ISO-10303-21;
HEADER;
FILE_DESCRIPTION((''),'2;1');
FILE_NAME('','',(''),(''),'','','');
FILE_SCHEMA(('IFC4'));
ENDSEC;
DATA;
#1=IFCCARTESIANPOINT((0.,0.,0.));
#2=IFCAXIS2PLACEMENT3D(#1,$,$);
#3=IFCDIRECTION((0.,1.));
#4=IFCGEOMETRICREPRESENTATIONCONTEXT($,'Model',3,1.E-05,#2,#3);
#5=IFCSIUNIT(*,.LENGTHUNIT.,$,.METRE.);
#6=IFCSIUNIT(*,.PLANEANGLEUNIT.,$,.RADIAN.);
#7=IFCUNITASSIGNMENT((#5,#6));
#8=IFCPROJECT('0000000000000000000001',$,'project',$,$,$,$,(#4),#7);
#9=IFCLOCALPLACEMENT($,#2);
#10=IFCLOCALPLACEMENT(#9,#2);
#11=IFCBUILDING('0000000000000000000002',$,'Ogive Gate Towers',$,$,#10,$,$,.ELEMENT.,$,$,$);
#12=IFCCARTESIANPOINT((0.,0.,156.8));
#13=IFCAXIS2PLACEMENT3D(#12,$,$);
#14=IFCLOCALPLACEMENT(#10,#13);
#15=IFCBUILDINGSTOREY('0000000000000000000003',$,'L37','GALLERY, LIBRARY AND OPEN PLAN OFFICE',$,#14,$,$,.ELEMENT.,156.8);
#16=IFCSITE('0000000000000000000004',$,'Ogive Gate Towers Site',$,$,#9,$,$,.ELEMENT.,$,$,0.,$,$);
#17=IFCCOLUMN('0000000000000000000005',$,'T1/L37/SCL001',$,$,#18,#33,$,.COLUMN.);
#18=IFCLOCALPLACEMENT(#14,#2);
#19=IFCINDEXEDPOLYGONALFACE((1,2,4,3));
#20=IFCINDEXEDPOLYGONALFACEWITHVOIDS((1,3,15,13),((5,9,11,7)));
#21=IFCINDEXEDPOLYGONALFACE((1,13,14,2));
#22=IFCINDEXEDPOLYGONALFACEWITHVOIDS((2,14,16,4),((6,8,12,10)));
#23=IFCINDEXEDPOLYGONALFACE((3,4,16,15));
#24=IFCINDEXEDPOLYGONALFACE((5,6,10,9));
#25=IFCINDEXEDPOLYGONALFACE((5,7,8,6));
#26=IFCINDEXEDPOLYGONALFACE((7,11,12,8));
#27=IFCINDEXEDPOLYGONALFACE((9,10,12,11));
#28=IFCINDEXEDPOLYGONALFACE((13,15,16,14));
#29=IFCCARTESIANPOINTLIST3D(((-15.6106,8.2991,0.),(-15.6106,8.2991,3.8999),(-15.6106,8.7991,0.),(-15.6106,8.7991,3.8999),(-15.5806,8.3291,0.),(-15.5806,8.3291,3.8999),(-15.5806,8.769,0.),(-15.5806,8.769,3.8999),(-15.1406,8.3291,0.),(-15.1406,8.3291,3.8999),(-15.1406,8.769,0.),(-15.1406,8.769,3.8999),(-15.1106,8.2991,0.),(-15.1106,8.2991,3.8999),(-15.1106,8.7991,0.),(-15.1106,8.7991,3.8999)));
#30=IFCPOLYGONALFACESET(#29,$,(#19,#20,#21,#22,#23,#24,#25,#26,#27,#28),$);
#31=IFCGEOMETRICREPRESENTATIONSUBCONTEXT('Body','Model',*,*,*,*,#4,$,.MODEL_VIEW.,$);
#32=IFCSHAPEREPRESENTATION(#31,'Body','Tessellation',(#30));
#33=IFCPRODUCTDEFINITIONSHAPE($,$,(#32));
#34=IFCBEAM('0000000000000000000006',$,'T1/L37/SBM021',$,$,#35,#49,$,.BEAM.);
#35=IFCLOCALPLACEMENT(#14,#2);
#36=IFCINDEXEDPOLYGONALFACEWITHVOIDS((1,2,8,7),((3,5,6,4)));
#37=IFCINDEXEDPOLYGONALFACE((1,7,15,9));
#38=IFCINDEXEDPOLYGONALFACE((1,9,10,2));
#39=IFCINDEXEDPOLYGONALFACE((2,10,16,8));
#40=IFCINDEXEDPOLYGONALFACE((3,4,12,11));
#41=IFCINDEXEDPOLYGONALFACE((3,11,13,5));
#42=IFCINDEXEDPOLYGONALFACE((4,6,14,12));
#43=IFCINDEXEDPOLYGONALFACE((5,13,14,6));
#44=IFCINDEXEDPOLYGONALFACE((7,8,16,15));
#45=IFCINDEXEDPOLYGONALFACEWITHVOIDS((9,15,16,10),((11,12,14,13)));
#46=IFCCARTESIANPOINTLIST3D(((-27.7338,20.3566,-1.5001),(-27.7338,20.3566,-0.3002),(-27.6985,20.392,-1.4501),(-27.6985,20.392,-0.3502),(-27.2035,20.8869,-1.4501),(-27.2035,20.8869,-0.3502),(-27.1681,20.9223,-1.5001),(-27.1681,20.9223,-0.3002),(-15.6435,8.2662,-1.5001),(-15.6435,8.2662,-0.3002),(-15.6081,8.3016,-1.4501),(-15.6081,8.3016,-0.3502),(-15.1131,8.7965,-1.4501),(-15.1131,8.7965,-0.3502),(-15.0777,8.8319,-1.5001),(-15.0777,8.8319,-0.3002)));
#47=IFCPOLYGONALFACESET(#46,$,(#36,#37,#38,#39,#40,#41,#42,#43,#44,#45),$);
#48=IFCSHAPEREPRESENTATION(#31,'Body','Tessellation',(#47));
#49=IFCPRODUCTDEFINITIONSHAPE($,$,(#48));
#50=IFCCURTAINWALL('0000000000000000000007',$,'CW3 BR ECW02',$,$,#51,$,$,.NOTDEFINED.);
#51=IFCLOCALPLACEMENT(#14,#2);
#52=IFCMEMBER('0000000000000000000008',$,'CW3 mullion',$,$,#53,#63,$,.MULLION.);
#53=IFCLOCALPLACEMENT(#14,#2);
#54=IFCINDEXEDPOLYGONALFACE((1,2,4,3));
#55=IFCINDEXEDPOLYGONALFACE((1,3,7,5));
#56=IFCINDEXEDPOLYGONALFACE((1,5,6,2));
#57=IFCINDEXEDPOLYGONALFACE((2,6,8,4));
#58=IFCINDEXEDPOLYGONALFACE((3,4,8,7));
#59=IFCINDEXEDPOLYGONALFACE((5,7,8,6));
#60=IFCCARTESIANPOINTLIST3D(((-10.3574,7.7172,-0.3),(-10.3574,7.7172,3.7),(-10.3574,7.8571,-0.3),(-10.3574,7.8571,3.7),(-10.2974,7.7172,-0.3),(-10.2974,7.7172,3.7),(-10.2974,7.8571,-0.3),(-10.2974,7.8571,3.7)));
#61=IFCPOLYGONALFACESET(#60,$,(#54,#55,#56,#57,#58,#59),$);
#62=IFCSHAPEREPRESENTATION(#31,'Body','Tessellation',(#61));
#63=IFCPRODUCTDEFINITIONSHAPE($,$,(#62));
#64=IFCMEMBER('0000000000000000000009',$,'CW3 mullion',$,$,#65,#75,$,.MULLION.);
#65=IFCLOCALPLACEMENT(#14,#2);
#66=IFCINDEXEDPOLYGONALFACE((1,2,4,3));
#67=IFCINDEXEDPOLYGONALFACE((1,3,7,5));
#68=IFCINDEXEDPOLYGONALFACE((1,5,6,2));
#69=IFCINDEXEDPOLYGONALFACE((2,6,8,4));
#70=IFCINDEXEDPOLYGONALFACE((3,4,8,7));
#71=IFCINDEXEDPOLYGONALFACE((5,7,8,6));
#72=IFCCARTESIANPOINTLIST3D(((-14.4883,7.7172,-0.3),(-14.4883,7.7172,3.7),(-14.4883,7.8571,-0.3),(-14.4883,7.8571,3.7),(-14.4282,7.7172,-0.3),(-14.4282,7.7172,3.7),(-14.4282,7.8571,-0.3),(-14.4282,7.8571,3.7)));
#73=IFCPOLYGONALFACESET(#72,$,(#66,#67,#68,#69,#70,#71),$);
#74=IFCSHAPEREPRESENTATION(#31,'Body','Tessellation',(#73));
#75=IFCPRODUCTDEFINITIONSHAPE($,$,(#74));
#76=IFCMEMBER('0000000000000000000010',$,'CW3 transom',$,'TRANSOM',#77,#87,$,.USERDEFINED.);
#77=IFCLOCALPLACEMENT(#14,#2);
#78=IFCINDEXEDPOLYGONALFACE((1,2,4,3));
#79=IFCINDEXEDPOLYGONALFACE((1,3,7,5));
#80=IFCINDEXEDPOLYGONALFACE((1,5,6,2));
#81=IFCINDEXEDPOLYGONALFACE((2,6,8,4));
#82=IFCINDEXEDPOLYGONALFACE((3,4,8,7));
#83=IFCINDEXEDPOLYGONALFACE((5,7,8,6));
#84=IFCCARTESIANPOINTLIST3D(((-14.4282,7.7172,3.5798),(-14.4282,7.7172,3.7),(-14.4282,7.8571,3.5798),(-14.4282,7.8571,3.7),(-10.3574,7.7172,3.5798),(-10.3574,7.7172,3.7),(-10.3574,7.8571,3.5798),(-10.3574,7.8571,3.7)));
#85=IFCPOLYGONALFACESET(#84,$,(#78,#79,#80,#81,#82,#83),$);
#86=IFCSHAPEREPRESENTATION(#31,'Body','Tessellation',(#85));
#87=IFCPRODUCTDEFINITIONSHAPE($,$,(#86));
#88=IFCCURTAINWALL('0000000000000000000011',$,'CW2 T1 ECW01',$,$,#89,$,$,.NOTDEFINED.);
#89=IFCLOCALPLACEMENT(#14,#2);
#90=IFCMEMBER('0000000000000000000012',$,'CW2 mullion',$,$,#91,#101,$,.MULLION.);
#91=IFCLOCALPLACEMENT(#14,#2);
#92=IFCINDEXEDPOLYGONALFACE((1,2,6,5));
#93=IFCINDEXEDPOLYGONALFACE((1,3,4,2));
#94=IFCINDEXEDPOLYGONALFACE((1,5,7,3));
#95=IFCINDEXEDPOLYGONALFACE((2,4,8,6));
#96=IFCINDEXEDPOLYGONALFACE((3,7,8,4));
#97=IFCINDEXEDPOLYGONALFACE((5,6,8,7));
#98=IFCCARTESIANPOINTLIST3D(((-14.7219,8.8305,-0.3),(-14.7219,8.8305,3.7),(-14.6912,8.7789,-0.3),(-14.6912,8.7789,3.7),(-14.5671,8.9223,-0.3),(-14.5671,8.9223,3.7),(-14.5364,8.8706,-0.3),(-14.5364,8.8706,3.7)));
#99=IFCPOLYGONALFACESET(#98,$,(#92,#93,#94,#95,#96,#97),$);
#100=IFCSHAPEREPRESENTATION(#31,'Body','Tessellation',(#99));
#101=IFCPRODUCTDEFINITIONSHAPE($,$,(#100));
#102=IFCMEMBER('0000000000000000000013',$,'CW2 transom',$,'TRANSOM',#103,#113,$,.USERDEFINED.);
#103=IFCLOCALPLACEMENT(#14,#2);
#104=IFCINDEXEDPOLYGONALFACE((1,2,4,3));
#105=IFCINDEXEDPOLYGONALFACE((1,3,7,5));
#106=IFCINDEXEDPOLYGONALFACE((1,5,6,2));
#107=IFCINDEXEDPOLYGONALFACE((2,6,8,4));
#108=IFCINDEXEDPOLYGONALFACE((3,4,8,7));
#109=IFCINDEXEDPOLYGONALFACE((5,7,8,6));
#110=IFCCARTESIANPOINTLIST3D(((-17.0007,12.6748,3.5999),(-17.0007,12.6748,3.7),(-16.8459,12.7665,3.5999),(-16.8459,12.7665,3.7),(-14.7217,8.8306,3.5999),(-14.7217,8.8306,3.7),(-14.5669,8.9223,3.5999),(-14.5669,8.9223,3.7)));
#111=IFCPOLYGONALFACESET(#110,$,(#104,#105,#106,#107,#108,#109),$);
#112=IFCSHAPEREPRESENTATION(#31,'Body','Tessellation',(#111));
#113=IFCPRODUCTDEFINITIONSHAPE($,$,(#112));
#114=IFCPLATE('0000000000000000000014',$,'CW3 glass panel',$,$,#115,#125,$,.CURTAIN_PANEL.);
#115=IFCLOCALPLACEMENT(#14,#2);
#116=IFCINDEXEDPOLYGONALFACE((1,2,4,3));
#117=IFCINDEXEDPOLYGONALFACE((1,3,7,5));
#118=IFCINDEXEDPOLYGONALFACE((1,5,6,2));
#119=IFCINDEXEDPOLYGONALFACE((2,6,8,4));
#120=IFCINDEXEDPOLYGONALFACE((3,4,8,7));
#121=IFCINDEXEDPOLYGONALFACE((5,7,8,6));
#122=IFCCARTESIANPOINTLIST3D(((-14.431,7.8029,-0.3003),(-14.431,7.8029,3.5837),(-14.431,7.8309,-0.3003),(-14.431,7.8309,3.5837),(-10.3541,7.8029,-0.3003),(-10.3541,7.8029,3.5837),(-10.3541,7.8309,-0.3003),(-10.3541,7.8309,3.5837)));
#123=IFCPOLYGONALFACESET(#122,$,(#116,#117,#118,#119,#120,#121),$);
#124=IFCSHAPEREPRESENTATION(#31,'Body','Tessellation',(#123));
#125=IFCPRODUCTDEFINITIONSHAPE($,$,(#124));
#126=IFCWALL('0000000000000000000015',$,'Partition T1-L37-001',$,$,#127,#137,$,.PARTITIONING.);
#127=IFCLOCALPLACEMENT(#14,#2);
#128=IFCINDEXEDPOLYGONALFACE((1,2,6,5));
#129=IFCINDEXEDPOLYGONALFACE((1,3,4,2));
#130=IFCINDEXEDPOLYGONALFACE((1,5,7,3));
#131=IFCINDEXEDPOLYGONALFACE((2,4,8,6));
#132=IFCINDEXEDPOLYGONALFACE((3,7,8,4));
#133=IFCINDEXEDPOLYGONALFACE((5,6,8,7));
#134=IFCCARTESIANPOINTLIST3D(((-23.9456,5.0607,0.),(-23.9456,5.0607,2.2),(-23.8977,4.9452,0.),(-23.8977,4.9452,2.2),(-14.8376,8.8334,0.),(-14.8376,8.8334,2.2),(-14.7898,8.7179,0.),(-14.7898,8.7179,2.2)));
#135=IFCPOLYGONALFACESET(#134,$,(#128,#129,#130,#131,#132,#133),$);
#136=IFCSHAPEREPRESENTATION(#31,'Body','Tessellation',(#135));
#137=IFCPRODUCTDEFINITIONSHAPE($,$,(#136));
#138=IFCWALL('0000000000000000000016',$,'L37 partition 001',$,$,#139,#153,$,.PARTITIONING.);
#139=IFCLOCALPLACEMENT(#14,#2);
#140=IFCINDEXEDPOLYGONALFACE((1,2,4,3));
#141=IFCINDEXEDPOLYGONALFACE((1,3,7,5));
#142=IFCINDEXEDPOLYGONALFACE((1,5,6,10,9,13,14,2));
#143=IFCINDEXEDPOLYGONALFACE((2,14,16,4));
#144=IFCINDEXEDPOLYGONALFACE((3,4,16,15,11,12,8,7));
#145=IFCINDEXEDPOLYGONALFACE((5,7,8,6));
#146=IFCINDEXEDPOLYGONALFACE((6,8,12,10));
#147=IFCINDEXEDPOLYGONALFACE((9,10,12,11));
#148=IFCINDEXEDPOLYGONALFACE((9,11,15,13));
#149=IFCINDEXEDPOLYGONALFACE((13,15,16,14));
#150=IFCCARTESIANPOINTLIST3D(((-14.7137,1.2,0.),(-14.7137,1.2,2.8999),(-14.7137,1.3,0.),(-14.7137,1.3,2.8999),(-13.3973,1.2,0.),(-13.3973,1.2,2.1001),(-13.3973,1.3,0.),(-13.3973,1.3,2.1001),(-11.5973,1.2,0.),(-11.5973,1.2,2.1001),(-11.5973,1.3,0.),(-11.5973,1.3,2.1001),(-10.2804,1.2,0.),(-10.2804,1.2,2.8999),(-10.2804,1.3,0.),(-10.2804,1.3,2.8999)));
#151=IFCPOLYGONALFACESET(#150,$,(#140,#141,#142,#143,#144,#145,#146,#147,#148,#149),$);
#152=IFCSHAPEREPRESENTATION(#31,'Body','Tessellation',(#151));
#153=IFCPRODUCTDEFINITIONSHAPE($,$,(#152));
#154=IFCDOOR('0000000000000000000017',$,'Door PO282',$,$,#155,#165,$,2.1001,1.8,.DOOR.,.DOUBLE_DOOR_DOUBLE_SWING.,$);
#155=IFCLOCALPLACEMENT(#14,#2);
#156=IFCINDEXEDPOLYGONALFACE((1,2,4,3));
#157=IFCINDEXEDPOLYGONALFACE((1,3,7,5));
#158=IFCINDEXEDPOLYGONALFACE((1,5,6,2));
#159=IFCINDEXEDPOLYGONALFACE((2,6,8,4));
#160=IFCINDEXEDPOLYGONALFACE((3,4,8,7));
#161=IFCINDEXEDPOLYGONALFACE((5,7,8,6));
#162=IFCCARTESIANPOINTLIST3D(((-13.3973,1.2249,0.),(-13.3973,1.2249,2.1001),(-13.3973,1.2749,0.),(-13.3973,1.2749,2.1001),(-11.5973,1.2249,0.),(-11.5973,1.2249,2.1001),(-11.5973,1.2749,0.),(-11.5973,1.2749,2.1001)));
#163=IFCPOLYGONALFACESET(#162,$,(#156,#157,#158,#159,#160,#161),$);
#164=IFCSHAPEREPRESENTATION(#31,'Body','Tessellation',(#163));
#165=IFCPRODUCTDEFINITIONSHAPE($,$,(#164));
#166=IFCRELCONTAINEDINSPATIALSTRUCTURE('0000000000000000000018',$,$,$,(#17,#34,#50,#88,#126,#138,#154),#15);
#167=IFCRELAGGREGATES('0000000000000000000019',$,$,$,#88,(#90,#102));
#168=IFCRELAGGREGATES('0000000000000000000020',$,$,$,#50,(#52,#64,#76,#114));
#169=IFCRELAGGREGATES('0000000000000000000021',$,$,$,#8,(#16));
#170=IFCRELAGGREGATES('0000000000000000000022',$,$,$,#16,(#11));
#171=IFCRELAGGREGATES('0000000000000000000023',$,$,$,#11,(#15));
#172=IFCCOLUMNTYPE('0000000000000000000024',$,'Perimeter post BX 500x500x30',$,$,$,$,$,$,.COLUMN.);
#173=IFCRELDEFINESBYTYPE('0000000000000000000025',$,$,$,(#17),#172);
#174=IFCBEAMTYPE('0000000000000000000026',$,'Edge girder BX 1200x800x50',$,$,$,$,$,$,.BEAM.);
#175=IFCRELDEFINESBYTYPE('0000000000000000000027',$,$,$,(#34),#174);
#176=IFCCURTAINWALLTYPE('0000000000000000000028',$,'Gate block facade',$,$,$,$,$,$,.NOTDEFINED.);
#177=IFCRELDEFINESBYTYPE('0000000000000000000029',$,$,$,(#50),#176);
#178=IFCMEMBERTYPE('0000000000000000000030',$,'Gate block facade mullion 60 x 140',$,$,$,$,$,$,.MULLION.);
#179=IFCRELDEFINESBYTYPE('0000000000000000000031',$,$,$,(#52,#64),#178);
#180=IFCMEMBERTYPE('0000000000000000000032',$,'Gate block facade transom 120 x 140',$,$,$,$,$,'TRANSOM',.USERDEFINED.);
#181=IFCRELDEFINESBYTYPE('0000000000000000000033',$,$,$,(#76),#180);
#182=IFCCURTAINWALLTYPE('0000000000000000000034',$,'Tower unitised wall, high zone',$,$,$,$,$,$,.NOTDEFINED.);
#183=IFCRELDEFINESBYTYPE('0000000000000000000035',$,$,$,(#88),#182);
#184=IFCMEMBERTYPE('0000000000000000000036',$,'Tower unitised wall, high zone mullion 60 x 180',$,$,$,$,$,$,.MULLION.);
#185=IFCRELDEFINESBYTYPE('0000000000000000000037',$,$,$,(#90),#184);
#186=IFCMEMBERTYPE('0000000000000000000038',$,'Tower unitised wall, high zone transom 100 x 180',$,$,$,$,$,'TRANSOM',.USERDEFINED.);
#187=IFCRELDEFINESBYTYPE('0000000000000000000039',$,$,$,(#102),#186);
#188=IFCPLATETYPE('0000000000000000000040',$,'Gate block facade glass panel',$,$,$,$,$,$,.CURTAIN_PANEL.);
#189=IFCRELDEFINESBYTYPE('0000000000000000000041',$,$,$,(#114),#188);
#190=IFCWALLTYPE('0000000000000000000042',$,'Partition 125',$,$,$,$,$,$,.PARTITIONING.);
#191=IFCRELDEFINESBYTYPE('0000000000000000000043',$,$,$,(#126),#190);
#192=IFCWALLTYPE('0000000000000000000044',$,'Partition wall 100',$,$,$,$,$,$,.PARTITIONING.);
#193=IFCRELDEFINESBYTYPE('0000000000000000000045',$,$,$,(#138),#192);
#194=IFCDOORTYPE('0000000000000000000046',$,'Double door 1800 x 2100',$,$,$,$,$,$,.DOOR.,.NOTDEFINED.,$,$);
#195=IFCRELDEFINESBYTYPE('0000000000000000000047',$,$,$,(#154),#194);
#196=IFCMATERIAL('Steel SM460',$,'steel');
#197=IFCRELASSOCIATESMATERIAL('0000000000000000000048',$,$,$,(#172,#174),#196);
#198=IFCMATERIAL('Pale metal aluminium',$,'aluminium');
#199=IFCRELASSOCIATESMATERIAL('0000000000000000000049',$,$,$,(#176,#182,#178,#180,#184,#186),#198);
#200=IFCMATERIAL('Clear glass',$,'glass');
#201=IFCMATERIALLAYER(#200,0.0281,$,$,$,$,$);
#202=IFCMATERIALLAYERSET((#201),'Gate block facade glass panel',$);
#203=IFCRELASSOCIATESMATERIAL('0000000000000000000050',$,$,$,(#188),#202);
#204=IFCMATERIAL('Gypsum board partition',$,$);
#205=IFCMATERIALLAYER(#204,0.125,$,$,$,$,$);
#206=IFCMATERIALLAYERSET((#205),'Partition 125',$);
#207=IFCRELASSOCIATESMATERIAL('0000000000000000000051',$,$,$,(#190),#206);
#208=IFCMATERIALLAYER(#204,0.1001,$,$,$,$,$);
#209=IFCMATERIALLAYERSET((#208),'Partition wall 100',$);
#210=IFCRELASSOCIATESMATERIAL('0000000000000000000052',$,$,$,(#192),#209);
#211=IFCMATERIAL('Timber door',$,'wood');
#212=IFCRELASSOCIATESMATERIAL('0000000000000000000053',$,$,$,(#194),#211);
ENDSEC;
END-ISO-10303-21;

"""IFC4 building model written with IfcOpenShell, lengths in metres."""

from ifc_helpers import new_model, si_unit, direction, frame, frame_2d, origin, origin_2d, place, context, subcontext, project, spatial, rectangle, hollow_rectangle, extrude, material, layer, layer_set, material_profile, profile_set, type_object, element, fill, aggregate, save


model = new_model("IFC4")

# Units and contexts
model_context = context("Model", 3, precision=1e-05, world=origin(), true_north=direction((0.0, 1.0)))
body_context = subcontext(model_context, "Body", "Model", "MODEL_VIEW")
ifc_project = project(units=[si_unit("LENGTHUNIT", "METRE"), si_unit("PLANEANGLEUNIT", "RADIAN")], contexts=[model_context])

# Site, building, storey
site_placement = place(None, origin())
site = spatial("IfcSite", under=ifc_project, at=site_placement, Name="Ogive Gate Towers Site", CompositionType="ELEMENT", RefElevation=0.0)
building_placement = place(site_placement, origin())
building = spatial("IfcBuilding", under=site, at=building_placement, Name="Ogive Gate Towers", CompositionType="ELEMENT")
storey_placement = place(building_placement, frame((0.0, 0.0, 156.8)))
storey = spatial("IfcBuildingStorey", under=building, at=storey_placement, Name="L37", Description="GALLERY, LIBRARY AND OPEN PLAN OFFICE", CompositionType="ELEMENT", Elevation=156.8)

# Column
ifc_material_1 = material(Name="Steel SM460", Category="steel")
ifc_material_profile_1 = material_profile(ifc_material_1, hollow_rectangle(XDim=0.5, YDim=0.5, WallThickness=0.03, at=origin_2d()), Name="BX 500x500x30")
ifc_profile_set_1 = profile_set([ifc_material_profile_1], Name="Steel SM460")
column_type = type_object("IfcColumnType", Name="Perimeter post BX 500x500x30", PredefinedType="COLUMN", material=ifc_profile_set_1)
column_placement = place(storey_placement, frame((-15.3606, 8.5491, 0.0), z_axis=(0.0, 0.0, 1.0), x_axis=(1.0, 0.0, 0.0)))
element("IfcColumn", 1, at=column_placement, inside=storey, type_object=column_type, Name="T1/L37/SCL001", PredefinedType="COLUMN", context=body_context, shape_type="SweptSolid", body=[
    extrude(hollow_rectangle(XDim=0.5, YDim=0.5, WallThickness=0.03, at=origin_2d()), origin(), (0.0, 0.0, 1.0), 3.8999),
])

# Beam
ifc_material_profile_2 = material_profile(ifc_material_1, hollow_rectangle(XDim=0.8, YDim=1.2, WallThickness=0.05, at=origin_2d()), Name="BX 1200x800x50")
ifc_profile_set_2 = profile_set([ifc_material_profile_2], Name="Steel SM460")
beam_type = type_object("IfcBeamType", Name="Edge girder BX 1200x800x50", PredefinedType="BEAM", material=ifc_profile_set_2)
beam_placement = place(storey_placement, frame((-15.3606, 8.5491, -0.9001), z_axis=(-0.707107, 0.707107, 0.0), x_axis=(-0.707107, -0.707107, 0.0)))
element("IfcBeam", 2, at=beam_placement, inside=storey, type_object=beam_type, Name="T1/L37/SBM021", PredefinedType="BEAM", context=body_context, shape_type="SweptSolid", body=[
    extrude(hollow_rectangle(XDim=0.8, YDim=1.2, WallThickness=0.05, at=origin_2d()), origin(), (0.0, 0.0, 1.0), 17.0984),
])

# Curtain walls, members
ifc_material_2 = material(Name="Pale metal aluminium", Category="aluminium")
curtain_wall_type_1 = type_object("IfcCurtainWallType", Name="Gate block facade", PredefinedType="NOTDEFINED", material=ifc_material_2)
curtain_wall_1_placement = place(storey_placement, origin())
curtain_wall_1 = element("IfcCurtainWall", 3, at=curtain_wall_1_placement, inside=storey, type_object=curtain_wall_type_1, Name="CW3 BR ECW02", PredefinedType="NOTDEFINED")
ifc_material_profile_3 = material_profile(ifc_material_2, rectangle(XDim=0.1399, YDim=0.0601, at=origin_2d()), Name="60 x 140 aluminium box")
ifc_profile_set_3 = profile_set([ifc_material_profile_3], Name="Pale metal aluminium")
member_type_1 = type_object("IfcMemberType", Name="Gate block facade mullion 60 x 140", PredefinedType="MULLION", material=ifc_profile_set_3)
member_1_placement = place(storey_placement, frame((-10.3274, 7.7871, -0.3), z_axis=(0.0, 0.0, 1.0), x_axis=(0.0, 1.0, 0.0)))
member_1 = element("IfcMember", 4, at=member_1_placement, type_object=member_type_1, Name="CW3 mullion", PredefinedType="MULLION", context=body_context, shape_type="SweptSolid", body=[
    extrude(rectangle(XDim=0.1399, YDim=0.0601, at=origin_2d()), origin(), (0.0, 0.0, 1.0), 4.0),
])
member_2_placement = place(storey_placement, frame((-14.4583, 7.7871, -0.3), z_axis=(0.0, 0.0, 1.0), x_axis=(0.0, 1.0, 0.0)))
member_2 = element("IfcMember", 5, at=member_2_placement, type_object=member_type_1, Name="CW3 mullion", PredefinedType="MULLION", context=body_context, shape_type="SweptSolid", body=[
    extrude(rectangle(XDim=0.1399, YDim=0.0601, at=origin_2d()), origin(), (0.0, 0.0, 1.0), 4.0),
])
ifc_material_profile_4 = material_profile(ifc_material_2, rectangle(XDim=0.1399, YDim=0.1201, at=origin_2d()), Name="120 x 140 aluminium box")
ifc_profile_set_4 = profile_set([ifc_material_profile_4], Name="Pale metal aluminium")
member_type_2 = type_object("IfcMemberType", Name="Gate block facade transom 120 x 140", ElementType="TRANSOM", PredefinedType="USERDEFINED", material=ifc_profile_set_4)
member_3_placement = place(storey_placement, frame((-10.3574, 7.7871, 3.6399), z_axis=(-1.0, 0.0, 0.0), x_axis=(0.0, -1.0, 0.0)))
member_3 = element("IfcMember", 6, at=member_3_placement, type_object=member_type_2, Name="CW3 transom", ObjectType="TRANSOM", PredefinedType="USERDEFINED", context=body_context, shape_type="SweptSolid", body=[
    extrude(rectangle(XDim=0.1399, YDim=0.1201, at=origin_2d()), origin(), (0.0, 0.0, 1.0), 4.0708),
])
curtain_wall_type_2 = type_object("IfcCurtainWallType", Name="Tower unitised wall, high zone", PredefinedType="NOTDEFINED", material=ifc_material_2)
curtain_wall_2_placement = place(storey_placement, origin())
curtain_wall_2 = element("IfcCurtainWall", 7, at=curtain_wall_2_placement, inside=storey, type_object=curtain_wall_type_2, Name="CW2 T1 ECW01", PredefinedType="NOTDEFINED")
ifc_material_profile_5 = material_profile(ifc_material_2, rectangle(XDim=0.1799, YDim=0.0601, at=origin_2d()), Name="60 x 180 aluminium box")
ifc_profile_set_5 = profile_set([ifc_material_profile_5], Name="Pale metal aluminium")
member_type_3 = type_object("IfcMemberType", Name="Tower unitised wall, high zone mullion 60 x 180", PredefinedType="MULLION", material=ifc_profile_set_5)
member_4_placement = place(storey_placement, frame((-14.6292, 8.8506, -0.3), z_axis=(0.0, 0.0, 1.0), x_axis=(0.860208, 0.509943, 0.0)))
member_4 = element("IfcMember", 8, at=member_4_placement, type_object=member_type_3, Name="CW2 mullion", PredefinedType="MULLION", context=body_context, shape_type="SweptSolid", body=[
    extrude(rectangle(XDim=0.1799, YDim=0.0601, at=origin_2d()), origin(), (0.0, 0.0, 1.0), 4.0),
])
ifc_material_profile_6 = material_profile(ifc_material_2, rectangle(XDim=0.1799, YDim=0.1001, at=origin_2d()), Name="100 x 180 aluminium box")
ifc_profile_set_6 = profile_set([ifc_material_profile_6], Name="Pale metal aluminium")
member_type_4 = type_object("IfcMemberType", Name="Tower unitised wall, high zone transom 100 x 180", ElementType="TRANSOM", PredefinedType="USERDEFINED", material=ifc_profile_set_6)
member_5_placement = place(storey_placement, frame((-14.6443, 8.8765, 3.6499), z_axis=(-0.509966, 0.860195, 0.0), x_axis=(-0.860195, -0.509966, 0.0)))
member_5 = element("IfcMember", 9, at=member_5_placement, type_object=member_type_4, Name="CW2 transom", ObjectType="TRANSOM", PredefinedType="USERDEFINED", context=body_context, shape_type="SweptSolid", body=[
    extrude(rectangle(XDim=0.1799, YDim=0.1001, at=origin_2d()), origin(), (0.0, 0.0, 1.0), 4.469),
])
aggregate(curtain_wall_2, [member_4, member_5])

# Plate
ifc_material_3 = material(Name="Clear glass", Category="glass")
ifc_layer_1 = layer(ifc_material_3, 0.0281)
ifc_layer_set_1 = layer_set([ifc_layer_1], Name="Gate block facade glass panel")
plate_type = type_object("IfcPlateType", Name="Gate block facade glass panel", PredefinedType="CURTAIN_PANEL", material=ifc_layer_set_1)
plate_placement = place(storey_placement, frame((-12.3926, 7.8169, -0.3003), z_axis=(0.0, 0.0, 1.0), x_axis=(-1.0, 0.0, 0.0)))
plate = element("IfcPlate", 10, at=plate_placement, type_object=plate_type, Name="CW3 glass panel", PredefinedType="CURTAIN_PANEL", context=body_context, shape_type="SweptSolid", body=[
    extrude(rectangle(XDim=4.0769, YDim=0.0281, at=origin_2d()), origin(), (0.0, 0.0, 1.0), 3.884),
])
aggregate(curtain_wall_1, [member_1, member_2, member_3, plate])

# Wall
ifc_material_4 = material(Name="Gypsum board partition")
ifc_layer_2 = layer(ifc_material_4, 0.125)
ifc_layer_set_2 = layer_set([ifc_layer_2], Name="Partition 125")
wall_type_1 = type_object("IfcWallType", Name="Partition 125", PredefinedType="PARTITIONING", material=ifc_layer_set_2)
wall_1_placement = place(storey_placement, frame((-14.8137, 8.7756, 0.0), z_axis=(0.0, 0.0, 1.0), x_axis=(-0.923876, -0.382691, 0.0)))
element("IfcWall", 11, at=wall_1_placement, inside=storey, type_object=wall_type_1, Name="Partition T1-L37-001", PredefinedType="PARTITIONING", context=body_context, shape_type="SweptSolid", body=[
    extrude(rectangle(XDim=9.8584, YDim=0.125, at=frame_2d((4.9292, 0.0))), origin(), (0.0, 0.0, 1.0), 2.2),
])

# Wall, opening, door
ifc_layer_3 = layer(ifc_material_4, 0.1001)
ifc_layer_set_3 = layer_set([ifc_layer_3], Name="Partition wall 100")
wall_type_2 = type_object("IfcWallType", Name="Partition wall 100", PredefinedType="PARTITIONING", material=ifc_layer_set_3)
wall_2_placement = place(storey_placement, frame((-14.7139, 1.25, 0.0), z_axis=(0.0, 0.0, 1.0), x_axis=(1.0, 0.0, 0.0)))
wall_2 = element("IfcWall", 12, at=wall_2_placement, inside=storey, type_object=wall_type_2, Name="L37 partition 001", PredefinedType="PARTITIONING", context=body_context, shape_type="SweptSolid", body=[
    extrude(rectangle(XDim=4.4333, YDim=0.1001, at=frame_2d((2.2168, 0.0))), origin(), (0.0, 0.0, 1.0), 2.8999),
])
opening_1_placement = place(wall_2_placement, frame((1.3167, 0.0, 0.0)))
opening_1 = element("IfcOpeningElement", 13, at=opening_1_placement, cuts=wall_2, PredefinedType="OPENING", context=body_context, shape_type="SweptSolid", body=[
    extrude(rectangle(XDim=1.8, YDim=2.1001, at=frame_2d((0.8999, 1.05))), frame((0.0, 0.0601, 0.0), z_axis=(0.0, -1.0, 0.0), x_axis=(1.0, 0.0, 0.0)), (0.0, 0.0, 1.0), 0.1201),
])
ifc_material_5 = material(Name="Timber door", Category="wood")
door_type_1 = type_object("IfcDoorType", Name="Double door 1800 x 2100", OperationType="NOTDEFINED", PredefinedType="DOOR", material=ifc_material_5)
door_1_placement = place(opening_1_placement, origin())
door_1 = element("IfcDoor", 14, at=door_1_placement, inside=storey, type_object=door_type_1, Name="Door PO282", OperationType="DOUBLE_DOOR_DOUBLE_SWING", OverallHeight=2.1001, OverallWidth=1.8, PredefinedType="DOOR", context=body_context, shape_type="SweptSolid", body=[
    extrude(rectangle(XDim=1.8, YDim=2.1001, at=frame_2d((0.8999, 1.05))), frame((0.0, 0.0249, 0.0), z_axis=(0.0, -1.0, 0.0), x_axis=(1.0, 0.0, 0.0)), (0.0, 0.0, 1.0), 0.05),
])
fill(opening_1, door_1)

save(model, "model.ifc")
